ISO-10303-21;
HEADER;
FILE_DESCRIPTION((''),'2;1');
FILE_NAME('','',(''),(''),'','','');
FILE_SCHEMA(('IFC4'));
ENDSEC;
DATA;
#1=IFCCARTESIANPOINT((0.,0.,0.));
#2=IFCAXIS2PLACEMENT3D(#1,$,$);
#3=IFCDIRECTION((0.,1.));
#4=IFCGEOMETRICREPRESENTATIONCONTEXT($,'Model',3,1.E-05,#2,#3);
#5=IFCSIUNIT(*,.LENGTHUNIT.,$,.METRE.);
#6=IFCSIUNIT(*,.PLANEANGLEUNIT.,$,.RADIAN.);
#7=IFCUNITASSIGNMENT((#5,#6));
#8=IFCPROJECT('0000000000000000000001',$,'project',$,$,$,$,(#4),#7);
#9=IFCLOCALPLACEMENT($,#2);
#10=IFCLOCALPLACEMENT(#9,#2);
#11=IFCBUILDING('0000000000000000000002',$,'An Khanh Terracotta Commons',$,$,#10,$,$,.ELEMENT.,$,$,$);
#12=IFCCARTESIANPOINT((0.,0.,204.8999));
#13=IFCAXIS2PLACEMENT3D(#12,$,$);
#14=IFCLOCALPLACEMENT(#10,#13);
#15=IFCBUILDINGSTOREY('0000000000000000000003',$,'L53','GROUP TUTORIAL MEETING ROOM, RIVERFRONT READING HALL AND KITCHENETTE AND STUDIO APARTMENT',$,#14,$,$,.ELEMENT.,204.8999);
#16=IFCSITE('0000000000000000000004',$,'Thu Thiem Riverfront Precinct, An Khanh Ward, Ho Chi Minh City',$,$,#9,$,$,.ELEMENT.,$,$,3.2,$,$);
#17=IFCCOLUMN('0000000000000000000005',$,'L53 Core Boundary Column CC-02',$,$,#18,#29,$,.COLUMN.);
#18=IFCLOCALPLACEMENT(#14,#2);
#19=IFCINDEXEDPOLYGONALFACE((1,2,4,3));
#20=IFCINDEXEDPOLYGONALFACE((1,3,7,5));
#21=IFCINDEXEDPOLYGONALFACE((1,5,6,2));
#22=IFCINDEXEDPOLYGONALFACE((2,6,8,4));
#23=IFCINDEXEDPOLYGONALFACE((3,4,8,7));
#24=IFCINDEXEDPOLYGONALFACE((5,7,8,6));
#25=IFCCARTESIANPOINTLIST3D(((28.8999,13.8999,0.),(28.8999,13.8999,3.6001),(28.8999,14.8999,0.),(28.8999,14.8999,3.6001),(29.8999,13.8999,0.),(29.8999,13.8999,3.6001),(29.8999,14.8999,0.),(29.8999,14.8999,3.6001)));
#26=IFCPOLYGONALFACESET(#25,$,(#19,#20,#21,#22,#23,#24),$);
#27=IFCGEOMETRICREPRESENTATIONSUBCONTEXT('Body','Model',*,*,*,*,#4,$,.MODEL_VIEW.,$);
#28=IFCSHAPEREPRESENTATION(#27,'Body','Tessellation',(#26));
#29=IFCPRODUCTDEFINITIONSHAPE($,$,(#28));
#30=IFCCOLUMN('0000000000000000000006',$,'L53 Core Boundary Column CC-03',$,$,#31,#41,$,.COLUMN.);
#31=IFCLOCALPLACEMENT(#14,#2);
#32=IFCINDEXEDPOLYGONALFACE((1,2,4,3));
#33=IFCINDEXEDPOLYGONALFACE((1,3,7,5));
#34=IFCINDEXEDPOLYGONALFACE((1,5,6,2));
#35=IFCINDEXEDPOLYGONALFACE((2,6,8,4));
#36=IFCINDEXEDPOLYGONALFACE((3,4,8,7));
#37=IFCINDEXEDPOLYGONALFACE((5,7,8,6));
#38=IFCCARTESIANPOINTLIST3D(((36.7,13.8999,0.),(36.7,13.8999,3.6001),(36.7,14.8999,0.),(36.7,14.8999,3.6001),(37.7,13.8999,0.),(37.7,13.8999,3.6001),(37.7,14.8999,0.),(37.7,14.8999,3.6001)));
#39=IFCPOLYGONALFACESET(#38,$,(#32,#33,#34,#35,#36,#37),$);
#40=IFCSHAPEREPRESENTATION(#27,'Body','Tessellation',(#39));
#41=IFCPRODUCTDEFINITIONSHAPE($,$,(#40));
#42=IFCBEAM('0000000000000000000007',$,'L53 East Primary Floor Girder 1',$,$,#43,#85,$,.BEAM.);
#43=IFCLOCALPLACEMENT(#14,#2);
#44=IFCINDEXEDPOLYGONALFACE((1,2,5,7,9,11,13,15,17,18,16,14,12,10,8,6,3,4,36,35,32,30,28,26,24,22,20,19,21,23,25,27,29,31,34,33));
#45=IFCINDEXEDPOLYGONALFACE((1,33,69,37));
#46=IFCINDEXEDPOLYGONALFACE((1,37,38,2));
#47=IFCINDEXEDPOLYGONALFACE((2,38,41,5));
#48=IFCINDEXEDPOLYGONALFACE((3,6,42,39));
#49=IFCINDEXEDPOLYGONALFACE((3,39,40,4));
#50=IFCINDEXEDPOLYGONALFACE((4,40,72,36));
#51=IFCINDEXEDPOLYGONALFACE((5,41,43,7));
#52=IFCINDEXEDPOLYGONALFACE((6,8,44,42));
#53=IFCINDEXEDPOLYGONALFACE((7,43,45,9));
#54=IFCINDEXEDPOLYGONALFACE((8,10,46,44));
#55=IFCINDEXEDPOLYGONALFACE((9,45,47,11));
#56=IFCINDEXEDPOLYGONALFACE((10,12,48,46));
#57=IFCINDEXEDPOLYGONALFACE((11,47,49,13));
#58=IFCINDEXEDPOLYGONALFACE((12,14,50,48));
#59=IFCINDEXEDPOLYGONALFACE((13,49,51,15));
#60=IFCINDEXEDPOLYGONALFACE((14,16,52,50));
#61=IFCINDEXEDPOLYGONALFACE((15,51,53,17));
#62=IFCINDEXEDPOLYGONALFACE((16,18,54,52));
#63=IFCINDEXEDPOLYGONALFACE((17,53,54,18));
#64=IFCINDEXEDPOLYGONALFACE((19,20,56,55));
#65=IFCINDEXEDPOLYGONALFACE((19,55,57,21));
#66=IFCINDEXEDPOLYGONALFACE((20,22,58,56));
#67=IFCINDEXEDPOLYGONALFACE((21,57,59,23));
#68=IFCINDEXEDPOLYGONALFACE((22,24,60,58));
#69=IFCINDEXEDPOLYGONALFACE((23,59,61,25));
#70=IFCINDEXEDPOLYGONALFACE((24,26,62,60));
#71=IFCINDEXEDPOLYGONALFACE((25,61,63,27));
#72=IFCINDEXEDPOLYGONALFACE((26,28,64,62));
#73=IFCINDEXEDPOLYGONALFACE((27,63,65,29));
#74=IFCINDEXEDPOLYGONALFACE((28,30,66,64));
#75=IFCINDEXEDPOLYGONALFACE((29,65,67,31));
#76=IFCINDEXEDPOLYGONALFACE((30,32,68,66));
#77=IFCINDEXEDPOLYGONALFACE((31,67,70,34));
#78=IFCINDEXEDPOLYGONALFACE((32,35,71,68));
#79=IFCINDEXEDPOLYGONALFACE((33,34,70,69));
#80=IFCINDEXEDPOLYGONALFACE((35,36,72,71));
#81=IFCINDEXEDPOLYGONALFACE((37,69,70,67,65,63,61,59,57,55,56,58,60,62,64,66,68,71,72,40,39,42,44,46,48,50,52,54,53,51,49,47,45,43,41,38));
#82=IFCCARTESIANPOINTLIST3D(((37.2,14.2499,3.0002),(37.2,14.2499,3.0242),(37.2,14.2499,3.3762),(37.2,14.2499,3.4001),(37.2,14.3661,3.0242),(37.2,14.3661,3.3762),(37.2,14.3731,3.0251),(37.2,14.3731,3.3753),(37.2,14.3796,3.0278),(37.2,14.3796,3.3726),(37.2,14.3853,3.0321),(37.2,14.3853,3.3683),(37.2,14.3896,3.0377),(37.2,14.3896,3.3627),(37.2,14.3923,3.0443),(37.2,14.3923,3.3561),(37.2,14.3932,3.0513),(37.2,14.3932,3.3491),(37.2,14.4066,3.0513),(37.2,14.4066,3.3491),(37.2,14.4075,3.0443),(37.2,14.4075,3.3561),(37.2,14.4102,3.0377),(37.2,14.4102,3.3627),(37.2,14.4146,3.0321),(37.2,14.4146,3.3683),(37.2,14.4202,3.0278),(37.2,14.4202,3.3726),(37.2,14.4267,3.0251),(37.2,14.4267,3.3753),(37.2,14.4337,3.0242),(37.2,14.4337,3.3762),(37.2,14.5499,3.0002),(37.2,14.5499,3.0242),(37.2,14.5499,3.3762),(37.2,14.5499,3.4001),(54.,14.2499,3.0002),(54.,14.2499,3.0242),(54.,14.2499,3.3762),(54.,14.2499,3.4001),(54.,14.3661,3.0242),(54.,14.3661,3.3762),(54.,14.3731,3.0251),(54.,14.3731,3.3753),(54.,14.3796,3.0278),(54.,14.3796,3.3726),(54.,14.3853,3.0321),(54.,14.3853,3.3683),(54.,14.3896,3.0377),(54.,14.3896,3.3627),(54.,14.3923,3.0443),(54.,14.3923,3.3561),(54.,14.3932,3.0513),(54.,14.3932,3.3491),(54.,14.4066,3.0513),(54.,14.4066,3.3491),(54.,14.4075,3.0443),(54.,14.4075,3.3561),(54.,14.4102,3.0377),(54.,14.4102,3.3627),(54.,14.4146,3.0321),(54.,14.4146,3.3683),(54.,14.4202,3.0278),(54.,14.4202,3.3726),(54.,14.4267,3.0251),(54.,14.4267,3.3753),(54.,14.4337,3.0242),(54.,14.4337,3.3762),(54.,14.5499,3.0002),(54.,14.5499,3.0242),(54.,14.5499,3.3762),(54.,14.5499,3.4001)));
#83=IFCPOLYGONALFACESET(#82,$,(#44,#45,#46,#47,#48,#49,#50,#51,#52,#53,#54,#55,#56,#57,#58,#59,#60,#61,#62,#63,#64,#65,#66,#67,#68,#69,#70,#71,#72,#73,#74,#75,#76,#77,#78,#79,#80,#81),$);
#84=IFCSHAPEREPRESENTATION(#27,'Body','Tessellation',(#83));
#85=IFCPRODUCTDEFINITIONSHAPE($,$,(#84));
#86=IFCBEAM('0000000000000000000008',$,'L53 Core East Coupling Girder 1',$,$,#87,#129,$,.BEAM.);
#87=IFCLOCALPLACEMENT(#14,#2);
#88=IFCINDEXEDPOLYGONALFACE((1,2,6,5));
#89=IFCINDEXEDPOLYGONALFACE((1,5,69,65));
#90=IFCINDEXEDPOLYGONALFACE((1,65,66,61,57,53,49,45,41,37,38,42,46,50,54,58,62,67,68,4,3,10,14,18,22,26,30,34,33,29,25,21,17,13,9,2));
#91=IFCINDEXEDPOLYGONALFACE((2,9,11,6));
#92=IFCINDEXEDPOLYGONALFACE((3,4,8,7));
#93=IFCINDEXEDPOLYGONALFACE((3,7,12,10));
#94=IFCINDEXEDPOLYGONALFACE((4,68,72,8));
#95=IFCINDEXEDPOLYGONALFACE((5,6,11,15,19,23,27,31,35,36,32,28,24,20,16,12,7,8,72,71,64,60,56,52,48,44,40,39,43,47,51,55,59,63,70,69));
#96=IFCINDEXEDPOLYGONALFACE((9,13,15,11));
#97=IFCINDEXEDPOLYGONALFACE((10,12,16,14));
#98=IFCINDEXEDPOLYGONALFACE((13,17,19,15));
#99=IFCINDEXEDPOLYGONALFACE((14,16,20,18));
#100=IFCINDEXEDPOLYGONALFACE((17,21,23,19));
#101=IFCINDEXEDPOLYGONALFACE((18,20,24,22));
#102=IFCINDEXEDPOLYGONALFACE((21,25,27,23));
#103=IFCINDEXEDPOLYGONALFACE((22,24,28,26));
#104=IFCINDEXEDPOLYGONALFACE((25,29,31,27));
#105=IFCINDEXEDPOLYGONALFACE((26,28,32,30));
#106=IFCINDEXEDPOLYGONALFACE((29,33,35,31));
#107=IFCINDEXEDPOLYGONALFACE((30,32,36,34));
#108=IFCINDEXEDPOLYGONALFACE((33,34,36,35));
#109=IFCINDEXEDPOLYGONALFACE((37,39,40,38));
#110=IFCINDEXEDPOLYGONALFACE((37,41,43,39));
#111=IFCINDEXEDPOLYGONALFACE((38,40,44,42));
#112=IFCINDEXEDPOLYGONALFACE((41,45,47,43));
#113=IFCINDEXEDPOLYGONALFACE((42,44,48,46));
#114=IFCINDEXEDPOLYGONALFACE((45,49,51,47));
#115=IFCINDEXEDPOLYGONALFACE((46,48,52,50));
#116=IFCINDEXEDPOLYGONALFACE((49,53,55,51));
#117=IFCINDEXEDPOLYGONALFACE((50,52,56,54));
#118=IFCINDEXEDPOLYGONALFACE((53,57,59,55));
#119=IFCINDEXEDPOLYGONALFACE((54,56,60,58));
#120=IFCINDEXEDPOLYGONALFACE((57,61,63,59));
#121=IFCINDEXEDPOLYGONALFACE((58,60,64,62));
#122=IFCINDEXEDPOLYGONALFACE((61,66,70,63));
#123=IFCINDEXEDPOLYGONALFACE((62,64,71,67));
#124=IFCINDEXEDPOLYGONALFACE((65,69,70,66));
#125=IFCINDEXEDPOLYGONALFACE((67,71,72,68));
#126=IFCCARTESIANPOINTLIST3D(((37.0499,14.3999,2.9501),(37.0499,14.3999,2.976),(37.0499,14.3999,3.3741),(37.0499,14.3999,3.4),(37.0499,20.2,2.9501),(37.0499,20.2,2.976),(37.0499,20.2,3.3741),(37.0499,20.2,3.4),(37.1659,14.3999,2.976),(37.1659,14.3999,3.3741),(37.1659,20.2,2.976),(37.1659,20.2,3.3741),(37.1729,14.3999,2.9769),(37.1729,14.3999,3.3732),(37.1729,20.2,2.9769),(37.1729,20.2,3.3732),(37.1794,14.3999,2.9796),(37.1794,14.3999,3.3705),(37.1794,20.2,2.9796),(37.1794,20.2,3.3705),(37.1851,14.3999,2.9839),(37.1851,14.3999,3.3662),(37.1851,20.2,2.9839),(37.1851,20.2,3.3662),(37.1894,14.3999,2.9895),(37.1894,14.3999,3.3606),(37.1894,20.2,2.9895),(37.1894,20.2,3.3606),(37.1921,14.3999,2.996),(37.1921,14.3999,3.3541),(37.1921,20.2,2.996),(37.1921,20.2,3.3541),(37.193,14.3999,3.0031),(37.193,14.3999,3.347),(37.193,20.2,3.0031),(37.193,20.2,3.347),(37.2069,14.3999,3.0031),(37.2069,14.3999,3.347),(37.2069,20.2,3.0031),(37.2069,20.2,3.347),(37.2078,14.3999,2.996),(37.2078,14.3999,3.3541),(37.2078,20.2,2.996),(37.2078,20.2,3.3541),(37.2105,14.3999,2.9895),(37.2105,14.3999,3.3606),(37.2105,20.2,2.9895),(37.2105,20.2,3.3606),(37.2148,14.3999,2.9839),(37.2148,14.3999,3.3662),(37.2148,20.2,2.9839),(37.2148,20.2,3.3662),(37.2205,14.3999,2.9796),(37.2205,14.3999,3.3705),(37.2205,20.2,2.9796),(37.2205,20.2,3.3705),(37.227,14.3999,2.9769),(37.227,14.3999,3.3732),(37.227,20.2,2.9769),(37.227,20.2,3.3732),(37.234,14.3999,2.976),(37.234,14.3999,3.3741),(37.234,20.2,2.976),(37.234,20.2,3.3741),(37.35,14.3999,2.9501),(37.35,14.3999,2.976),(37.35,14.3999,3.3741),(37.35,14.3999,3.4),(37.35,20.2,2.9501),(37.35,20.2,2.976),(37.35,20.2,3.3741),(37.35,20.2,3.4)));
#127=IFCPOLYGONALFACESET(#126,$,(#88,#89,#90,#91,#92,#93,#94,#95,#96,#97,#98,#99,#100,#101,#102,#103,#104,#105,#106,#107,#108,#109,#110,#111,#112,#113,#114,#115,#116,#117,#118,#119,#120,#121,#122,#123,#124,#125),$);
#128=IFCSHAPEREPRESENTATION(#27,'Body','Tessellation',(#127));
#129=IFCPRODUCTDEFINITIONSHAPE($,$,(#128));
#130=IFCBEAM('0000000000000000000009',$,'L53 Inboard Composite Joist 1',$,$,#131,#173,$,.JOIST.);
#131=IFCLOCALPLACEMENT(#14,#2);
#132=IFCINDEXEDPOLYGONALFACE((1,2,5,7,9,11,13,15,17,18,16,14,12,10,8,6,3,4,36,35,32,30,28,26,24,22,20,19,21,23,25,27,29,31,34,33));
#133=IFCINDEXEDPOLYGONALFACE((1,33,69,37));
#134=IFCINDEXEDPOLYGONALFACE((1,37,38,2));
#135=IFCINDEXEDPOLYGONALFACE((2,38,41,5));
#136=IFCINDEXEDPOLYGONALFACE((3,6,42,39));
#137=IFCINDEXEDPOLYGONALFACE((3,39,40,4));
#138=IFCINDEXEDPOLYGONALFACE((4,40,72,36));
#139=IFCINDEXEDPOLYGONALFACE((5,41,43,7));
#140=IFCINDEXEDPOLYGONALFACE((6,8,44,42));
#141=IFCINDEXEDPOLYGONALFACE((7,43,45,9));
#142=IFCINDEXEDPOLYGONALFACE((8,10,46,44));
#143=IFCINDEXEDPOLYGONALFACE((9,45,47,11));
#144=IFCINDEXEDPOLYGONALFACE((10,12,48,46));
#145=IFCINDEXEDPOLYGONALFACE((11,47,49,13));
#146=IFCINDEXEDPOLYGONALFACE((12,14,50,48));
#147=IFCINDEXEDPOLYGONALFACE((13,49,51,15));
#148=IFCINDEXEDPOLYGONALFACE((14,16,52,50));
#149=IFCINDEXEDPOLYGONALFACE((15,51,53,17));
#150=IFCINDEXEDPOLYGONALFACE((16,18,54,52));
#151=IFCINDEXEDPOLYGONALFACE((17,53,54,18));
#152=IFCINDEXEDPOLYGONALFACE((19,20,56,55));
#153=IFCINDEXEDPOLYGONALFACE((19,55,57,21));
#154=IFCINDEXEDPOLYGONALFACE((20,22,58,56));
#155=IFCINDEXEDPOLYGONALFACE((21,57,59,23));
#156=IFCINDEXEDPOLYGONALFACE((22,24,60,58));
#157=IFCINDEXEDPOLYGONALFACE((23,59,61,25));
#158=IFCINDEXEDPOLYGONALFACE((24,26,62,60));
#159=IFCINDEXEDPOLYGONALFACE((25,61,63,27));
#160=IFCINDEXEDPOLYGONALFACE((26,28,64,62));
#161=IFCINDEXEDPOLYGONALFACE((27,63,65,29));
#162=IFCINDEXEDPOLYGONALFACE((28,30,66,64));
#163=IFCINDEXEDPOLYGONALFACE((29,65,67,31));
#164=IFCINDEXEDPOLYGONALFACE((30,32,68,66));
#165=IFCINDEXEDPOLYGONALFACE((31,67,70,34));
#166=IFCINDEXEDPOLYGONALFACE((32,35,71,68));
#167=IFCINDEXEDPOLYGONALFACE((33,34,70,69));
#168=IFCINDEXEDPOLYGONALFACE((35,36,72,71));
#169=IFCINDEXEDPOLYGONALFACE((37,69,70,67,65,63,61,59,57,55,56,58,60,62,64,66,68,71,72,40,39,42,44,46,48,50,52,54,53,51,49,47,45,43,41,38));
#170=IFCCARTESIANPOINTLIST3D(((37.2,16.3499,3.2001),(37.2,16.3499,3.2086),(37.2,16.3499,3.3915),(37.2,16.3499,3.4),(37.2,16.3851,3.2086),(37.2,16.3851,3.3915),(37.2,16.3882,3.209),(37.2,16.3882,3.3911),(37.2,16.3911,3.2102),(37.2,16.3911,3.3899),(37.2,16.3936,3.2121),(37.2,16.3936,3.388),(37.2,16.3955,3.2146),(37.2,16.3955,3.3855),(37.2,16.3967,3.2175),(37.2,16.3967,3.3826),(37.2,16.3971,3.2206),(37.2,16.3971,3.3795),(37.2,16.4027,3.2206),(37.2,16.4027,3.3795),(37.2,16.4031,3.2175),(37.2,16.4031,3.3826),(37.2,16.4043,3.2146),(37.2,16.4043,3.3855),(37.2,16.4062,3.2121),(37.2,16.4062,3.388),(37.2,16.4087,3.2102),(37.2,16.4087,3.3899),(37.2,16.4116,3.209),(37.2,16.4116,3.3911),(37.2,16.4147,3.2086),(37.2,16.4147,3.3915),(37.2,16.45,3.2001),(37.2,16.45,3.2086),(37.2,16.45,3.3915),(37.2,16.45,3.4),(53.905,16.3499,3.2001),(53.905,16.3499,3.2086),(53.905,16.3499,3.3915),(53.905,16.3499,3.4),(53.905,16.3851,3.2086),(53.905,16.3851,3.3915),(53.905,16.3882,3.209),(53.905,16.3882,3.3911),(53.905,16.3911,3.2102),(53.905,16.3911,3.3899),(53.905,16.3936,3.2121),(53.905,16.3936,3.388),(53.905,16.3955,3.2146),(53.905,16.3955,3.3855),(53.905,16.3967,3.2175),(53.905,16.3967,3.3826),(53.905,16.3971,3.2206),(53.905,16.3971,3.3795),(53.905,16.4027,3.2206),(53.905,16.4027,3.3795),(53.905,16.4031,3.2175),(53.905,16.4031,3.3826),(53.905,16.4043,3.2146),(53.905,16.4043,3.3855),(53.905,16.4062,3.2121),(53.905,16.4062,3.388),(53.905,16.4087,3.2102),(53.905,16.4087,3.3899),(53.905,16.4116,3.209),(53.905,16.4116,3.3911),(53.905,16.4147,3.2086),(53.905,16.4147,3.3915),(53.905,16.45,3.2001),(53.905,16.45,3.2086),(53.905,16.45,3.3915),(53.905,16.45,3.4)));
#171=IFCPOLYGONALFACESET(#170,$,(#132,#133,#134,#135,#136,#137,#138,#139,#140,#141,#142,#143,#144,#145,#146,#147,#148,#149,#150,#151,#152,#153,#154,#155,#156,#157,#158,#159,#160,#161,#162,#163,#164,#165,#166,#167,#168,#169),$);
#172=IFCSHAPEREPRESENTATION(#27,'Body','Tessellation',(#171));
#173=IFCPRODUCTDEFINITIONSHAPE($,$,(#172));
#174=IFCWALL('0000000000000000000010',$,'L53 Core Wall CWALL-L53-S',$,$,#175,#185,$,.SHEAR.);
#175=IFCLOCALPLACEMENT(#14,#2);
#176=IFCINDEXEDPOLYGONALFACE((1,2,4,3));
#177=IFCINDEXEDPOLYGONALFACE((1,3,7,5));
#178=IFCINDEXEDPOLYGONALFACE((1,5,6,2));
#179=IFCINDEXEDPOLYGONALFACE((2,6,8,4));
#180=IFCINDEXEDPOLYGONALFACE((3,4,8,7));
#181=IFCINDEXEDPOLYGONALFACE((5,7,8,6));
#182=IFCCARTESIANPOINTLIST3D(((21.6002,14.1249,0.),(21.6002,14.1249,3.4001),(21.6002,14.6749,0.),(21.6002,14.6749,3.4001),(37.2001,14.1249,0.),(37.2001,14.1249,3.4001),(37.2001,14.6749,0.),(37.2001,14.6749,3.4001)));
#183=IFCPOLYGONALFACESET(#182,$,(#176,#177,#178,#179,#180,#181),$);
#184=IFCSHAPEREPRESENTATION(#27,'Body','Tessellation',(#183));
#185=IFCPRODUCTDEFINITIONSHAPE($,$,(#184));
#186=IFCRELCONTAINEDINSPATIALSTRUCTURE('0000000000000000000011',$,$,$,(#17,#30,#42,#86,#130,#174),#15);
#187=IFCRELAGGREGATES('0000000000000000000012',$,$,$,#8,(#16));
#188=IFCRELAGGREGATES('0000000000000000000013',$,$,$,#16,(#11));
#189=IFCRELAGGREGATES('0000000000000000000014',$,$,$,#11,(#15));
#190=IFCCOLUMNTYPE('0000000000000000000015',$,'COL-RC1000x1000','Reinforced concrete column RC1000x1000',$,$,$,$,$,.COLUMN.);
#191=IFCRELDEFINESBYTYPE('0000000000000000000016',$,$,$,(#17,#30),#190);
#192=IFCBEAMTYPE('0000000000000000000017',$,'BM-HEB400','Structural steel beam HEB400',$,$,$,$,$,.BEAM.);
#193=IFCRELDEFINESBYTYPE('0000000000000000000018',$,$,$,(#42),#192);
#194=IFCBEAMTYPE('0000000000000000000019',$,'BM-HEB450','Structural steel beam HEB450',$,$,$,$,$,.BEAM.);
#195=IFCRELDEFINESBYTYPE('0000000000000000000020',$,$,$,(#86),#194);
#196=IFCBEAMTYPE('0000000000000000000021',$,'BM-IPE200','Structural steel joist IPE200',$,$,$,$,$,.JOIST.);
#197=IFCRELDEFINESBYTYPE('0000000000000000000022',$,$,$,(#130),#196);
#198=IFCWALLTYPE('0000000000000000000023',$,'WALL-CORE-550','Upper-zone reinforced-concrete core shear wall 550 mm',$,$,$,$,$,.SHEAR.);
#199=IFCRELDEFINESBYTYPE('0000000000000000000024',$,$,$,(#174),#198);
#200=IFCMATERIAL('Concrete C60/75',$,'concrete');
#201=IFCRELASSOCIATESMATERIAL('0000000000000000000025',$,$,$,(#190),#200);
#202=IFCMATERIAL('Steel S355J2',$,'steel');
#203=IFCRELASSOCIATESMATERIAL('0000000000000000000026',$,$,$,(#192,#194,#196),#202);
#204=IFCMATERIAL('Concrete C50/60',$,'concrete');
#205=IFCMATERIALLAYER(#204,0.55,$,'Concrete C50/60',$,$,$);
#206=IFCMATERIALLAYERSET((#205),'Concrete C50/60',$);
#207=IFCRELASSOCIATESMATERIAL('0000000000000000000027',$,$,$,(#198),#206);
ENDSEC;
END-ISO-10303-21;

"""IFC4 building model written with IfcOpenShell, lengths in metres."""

from ifc_helpers import new_model, si_unit, direction, frame, frame_2d, origin, origin_2d, place, context, subcontext, project, spatial, rectangle, i_section, extrude, material, layer, layer_set, material_profile, profile_set, type_object, element, save


model = new_model("IFC4")

# Units and contexts
model_context = context("Model", 3, precision=1e-05, world=origin(), true_north=direction((0.0, 1.0)))
body_context = subcontext(model_context, "Body", "Model", "MODEL_VIEW")
ifc_project = project(units=[si_unit("LENGTHUNIT", "METRE"), si_unit("PLANEANGLEUNIT", "RADIAN")], contexts=[model_context])

# Site, building, storey
site_placement = place(None, origin())
site = spatial("IfcSite", under=ifc_project, at=site_placement, Name="Thu Thiem Riverfront Precinct, An Khanh Ward, Ho Chi Minh City", CompositionType="ELEMENT", RefElevation=3.2)
building_placement = place(site_placement, origin())
building = spatial("IfcBuilding", under=site, at=building_placement, Name="An Khanh Terracotta Commons", CompositionType="ELEMENT")
storey_placement = place(building_placement, frame((0.0, 0.0, 204.8999)))
storey = spatial("IfcBuildingStorey", under=building, at=storey_placement, Name="L53", Description="GROUP TUTORIAL MEETING ROOM, RIVERFRONT READING HALL AND KITCHENETTE AND STUDIO APARTMENT", CompositionType="ELEMENT", Elevation=204.8999)

# Columns
ifc_material_1 = material(Name="Concrete C60/75", Category="concrete")
ifc_material_profile_1 = material_profile(ifc_material_1, rectangle(XDim=1.0, YDim=1.0, at=origin_2d()), Name="RC1000x1000")
ifc_profile_set_1 = profile_set([ifc_material_profile_1], Name="Concrete C60/75")
column_type = type_object("IfcColumnType", Name="COL-RC1000x1000", Description="Reinforced concrete column RC1000x1000", PredefinedType="COLUMN", material=ifc_profile_set_1)
for number, where, z_axis, x_axis, name in (
    (1, (29.3999, 14.3999, 0.0), (0.0, 0.0, 1.0), (1.0, 0.0, 0.0), "L53 Core Boundary Column CC-02"),
    (2, (37.2, 14.3999, 0.0), (0.0, 0.0, 1.0), (1.0, 0.0, 0.0), "L53 Core Boundary Column CC-03"),
):
    element("IfcColumn", number, at=place(storey_placement, frame(where, z_axis=z_axis, x_axis=x_axis)), inside=storey, type_object=column_type, Name=name, PredefinedType="COLUMN", context=body_context, shape_type="SweptSolid", body=[
        extrude(rectangle(XDim=1.0, YDim=1.0, at=origin_2d()), origin(), (0.0, 0.0, 1.0), 3.6001),
    ])

# Beams
ifc_material_2 = material(Name="Steel S355J2", Category="steel")
ifc_material_profile_2 = material_profile(ifc_material_2, i_section(OverallWidth=0.3, OverallDepth=0.3999, WebThickness=0.0134, FlangeThickness=0.0239, FilletRadius=0.0271, at=origin_2d()), Name="HEB400")
ifc_profile_set_2 = profile_set([ifc_material_profile_2], Name="Steel S355J2")
beam_type_1 = type_object("IfcBeamType", Name="BM-HEB400", Description="Structural steel beam HEB400", PredefinedType="BEAM", material=ifc_profile_set_2)
beam_1_placement = place(storey_placement, frame((37.2, 14.3999, 3.2002), z_axis=(1.0, 0.0, 0.0), x_axis=(0.0, 1.0, 0.0)))
element("IfcBeam", 3, at=beam_1_placement, inside=storey, type_object=beam_type_1, Name="L53 East Primary Floor Girder 1", PredefinedType="BEAM", context=body_context, shape_type="SweptSolid", body=[
    extrude(i_section(OverallWidth=0.3, OverallDepth=0.3999, WebThickness=0.0134, FlangeThickness=0.0239, FilletRadius=0.0271, at=origin_2d()), origin(), (0.0, 0.0, 1.0), 16.8),
])
ifc_material_profile_3 = material_profile(ifc_material_2, i_section(OverallWidth=0.3, OverallDepth=0.45, WebThickness=0.0139, FlangeThickness=0.0259, FilletRadius=0.0271, at=origin_2d()), Name="HEB450")
ifc_profile_set_3 = profile_set([ifc_material_profile_3], Name="Steel S355J2")
beam_type_2 = type_object("IfcBeamType", Name="BM-HEB450", Description="Structural steel beam HEB450", PredefinedType="BEAM", material=ifc_profile_set_3)
beam_2_placement = place(storey_placement, frame((37.2, 14.3999, 3.175), z_axis=(0.0, 1.0, 0.0), x_axis=(-1.0, 0.0, 0.0)))
element("IfcBeam", 4, at=beam_2_placement, inside=storey, type_object=beam_type_2, Name="L53 Core East Coupling Girder 1", PredefinedType="BEAM", context=body_context, shape_type="SweptSolid", body=[
    extrude(i_section(OverallWidth=0.3, OverallDepth=0.45, WebThickness=0.0139, FlangeThickness=0.0259, FilletRadius=0.0271, at=origin_2d()), origin(), (0.0, 0.0, 1.0), 5.8),
])
ifc_material_profile_4 = material_profile(ifc_material_2, i_section(OverallWidth=0.1001, OverallDepth=0.2, WebThickness=0.0056, FlangeThickness=0.0085, FilletRadius=0.012, at=origin_2d()), Name="IPE200")
ifc_profile_set_4 = profile_set([ifc_material_profile_4], Name="Steel S355J2")
beam_type_3 = type_object("IfcBeamType", Name="BM-IPE200", Description="Structural steel joist IPE200", PredefinedType="JOIST", material=ifc_profile_set_4)
beam_3_placement = place(storey_placement, frame((37.2, 16.3999, 3.3), z_axis=(1.0, 0.0, 0.0), x_axis=(0.0, 1.0, 0.0)))
element("IfcBeam", 5, at=beam_3_placement, inside=storey, type_object=beam_type_3, Name="L53 Inboard Composite Joist 1", PredefinedType="JOIST", context=body_context, shape_type="SweptSolid", body=[
    extrude(i_section(OverallWidth=0.1001, OverallDepth=0.2, WebThickness=0.0056, FlangeThickness=0.0085, FilletRadius=0.012, at=origin_2d()), origin(), (0.0, 0.0, 1.0), 16.7051),
])

# Wall
ifc_material_3 = material(Name="Concrete C50/60", Category="concrete")
ifc_layer_1 = layer(ifc_material_3, 0.55, Name="Concrete C50/60")
ifc_layer_set_1 = layer_set([ifc_layer_1], Name="Concrete C50/60")
wall_type_1 = type_object("IfcWallType", Name="WALL-CORE-550", Description="Upper-zone reinforced-concrete core shear wall 550 mm", PredefinedType="SHEAR", material=ifc_layer_set_1)
wall_1_placement = place(storey_placement, frame((37.2, 14.3999, 0.0), z_axis=(0.0, 0.0, 1.0), x_axis=(-1.0, 0.0, 0.0)))
element("IfcWall", 6, at=wall_1_placement, inside=storey, type_object=wall_type_1, Name="L53 Core Wall CWALL-L53-S", PredefinedType="SHEAR", context=body_context, shape_type="SweptSolid", body=[
    extrude(rectangle(XDim=15.5999, YDim=0.55, at=frame_2d((7.7998, 0.0))), origin(), (0.0, 0.0, 1.0), 3.4001),
])

save(model, "model.ifc")
